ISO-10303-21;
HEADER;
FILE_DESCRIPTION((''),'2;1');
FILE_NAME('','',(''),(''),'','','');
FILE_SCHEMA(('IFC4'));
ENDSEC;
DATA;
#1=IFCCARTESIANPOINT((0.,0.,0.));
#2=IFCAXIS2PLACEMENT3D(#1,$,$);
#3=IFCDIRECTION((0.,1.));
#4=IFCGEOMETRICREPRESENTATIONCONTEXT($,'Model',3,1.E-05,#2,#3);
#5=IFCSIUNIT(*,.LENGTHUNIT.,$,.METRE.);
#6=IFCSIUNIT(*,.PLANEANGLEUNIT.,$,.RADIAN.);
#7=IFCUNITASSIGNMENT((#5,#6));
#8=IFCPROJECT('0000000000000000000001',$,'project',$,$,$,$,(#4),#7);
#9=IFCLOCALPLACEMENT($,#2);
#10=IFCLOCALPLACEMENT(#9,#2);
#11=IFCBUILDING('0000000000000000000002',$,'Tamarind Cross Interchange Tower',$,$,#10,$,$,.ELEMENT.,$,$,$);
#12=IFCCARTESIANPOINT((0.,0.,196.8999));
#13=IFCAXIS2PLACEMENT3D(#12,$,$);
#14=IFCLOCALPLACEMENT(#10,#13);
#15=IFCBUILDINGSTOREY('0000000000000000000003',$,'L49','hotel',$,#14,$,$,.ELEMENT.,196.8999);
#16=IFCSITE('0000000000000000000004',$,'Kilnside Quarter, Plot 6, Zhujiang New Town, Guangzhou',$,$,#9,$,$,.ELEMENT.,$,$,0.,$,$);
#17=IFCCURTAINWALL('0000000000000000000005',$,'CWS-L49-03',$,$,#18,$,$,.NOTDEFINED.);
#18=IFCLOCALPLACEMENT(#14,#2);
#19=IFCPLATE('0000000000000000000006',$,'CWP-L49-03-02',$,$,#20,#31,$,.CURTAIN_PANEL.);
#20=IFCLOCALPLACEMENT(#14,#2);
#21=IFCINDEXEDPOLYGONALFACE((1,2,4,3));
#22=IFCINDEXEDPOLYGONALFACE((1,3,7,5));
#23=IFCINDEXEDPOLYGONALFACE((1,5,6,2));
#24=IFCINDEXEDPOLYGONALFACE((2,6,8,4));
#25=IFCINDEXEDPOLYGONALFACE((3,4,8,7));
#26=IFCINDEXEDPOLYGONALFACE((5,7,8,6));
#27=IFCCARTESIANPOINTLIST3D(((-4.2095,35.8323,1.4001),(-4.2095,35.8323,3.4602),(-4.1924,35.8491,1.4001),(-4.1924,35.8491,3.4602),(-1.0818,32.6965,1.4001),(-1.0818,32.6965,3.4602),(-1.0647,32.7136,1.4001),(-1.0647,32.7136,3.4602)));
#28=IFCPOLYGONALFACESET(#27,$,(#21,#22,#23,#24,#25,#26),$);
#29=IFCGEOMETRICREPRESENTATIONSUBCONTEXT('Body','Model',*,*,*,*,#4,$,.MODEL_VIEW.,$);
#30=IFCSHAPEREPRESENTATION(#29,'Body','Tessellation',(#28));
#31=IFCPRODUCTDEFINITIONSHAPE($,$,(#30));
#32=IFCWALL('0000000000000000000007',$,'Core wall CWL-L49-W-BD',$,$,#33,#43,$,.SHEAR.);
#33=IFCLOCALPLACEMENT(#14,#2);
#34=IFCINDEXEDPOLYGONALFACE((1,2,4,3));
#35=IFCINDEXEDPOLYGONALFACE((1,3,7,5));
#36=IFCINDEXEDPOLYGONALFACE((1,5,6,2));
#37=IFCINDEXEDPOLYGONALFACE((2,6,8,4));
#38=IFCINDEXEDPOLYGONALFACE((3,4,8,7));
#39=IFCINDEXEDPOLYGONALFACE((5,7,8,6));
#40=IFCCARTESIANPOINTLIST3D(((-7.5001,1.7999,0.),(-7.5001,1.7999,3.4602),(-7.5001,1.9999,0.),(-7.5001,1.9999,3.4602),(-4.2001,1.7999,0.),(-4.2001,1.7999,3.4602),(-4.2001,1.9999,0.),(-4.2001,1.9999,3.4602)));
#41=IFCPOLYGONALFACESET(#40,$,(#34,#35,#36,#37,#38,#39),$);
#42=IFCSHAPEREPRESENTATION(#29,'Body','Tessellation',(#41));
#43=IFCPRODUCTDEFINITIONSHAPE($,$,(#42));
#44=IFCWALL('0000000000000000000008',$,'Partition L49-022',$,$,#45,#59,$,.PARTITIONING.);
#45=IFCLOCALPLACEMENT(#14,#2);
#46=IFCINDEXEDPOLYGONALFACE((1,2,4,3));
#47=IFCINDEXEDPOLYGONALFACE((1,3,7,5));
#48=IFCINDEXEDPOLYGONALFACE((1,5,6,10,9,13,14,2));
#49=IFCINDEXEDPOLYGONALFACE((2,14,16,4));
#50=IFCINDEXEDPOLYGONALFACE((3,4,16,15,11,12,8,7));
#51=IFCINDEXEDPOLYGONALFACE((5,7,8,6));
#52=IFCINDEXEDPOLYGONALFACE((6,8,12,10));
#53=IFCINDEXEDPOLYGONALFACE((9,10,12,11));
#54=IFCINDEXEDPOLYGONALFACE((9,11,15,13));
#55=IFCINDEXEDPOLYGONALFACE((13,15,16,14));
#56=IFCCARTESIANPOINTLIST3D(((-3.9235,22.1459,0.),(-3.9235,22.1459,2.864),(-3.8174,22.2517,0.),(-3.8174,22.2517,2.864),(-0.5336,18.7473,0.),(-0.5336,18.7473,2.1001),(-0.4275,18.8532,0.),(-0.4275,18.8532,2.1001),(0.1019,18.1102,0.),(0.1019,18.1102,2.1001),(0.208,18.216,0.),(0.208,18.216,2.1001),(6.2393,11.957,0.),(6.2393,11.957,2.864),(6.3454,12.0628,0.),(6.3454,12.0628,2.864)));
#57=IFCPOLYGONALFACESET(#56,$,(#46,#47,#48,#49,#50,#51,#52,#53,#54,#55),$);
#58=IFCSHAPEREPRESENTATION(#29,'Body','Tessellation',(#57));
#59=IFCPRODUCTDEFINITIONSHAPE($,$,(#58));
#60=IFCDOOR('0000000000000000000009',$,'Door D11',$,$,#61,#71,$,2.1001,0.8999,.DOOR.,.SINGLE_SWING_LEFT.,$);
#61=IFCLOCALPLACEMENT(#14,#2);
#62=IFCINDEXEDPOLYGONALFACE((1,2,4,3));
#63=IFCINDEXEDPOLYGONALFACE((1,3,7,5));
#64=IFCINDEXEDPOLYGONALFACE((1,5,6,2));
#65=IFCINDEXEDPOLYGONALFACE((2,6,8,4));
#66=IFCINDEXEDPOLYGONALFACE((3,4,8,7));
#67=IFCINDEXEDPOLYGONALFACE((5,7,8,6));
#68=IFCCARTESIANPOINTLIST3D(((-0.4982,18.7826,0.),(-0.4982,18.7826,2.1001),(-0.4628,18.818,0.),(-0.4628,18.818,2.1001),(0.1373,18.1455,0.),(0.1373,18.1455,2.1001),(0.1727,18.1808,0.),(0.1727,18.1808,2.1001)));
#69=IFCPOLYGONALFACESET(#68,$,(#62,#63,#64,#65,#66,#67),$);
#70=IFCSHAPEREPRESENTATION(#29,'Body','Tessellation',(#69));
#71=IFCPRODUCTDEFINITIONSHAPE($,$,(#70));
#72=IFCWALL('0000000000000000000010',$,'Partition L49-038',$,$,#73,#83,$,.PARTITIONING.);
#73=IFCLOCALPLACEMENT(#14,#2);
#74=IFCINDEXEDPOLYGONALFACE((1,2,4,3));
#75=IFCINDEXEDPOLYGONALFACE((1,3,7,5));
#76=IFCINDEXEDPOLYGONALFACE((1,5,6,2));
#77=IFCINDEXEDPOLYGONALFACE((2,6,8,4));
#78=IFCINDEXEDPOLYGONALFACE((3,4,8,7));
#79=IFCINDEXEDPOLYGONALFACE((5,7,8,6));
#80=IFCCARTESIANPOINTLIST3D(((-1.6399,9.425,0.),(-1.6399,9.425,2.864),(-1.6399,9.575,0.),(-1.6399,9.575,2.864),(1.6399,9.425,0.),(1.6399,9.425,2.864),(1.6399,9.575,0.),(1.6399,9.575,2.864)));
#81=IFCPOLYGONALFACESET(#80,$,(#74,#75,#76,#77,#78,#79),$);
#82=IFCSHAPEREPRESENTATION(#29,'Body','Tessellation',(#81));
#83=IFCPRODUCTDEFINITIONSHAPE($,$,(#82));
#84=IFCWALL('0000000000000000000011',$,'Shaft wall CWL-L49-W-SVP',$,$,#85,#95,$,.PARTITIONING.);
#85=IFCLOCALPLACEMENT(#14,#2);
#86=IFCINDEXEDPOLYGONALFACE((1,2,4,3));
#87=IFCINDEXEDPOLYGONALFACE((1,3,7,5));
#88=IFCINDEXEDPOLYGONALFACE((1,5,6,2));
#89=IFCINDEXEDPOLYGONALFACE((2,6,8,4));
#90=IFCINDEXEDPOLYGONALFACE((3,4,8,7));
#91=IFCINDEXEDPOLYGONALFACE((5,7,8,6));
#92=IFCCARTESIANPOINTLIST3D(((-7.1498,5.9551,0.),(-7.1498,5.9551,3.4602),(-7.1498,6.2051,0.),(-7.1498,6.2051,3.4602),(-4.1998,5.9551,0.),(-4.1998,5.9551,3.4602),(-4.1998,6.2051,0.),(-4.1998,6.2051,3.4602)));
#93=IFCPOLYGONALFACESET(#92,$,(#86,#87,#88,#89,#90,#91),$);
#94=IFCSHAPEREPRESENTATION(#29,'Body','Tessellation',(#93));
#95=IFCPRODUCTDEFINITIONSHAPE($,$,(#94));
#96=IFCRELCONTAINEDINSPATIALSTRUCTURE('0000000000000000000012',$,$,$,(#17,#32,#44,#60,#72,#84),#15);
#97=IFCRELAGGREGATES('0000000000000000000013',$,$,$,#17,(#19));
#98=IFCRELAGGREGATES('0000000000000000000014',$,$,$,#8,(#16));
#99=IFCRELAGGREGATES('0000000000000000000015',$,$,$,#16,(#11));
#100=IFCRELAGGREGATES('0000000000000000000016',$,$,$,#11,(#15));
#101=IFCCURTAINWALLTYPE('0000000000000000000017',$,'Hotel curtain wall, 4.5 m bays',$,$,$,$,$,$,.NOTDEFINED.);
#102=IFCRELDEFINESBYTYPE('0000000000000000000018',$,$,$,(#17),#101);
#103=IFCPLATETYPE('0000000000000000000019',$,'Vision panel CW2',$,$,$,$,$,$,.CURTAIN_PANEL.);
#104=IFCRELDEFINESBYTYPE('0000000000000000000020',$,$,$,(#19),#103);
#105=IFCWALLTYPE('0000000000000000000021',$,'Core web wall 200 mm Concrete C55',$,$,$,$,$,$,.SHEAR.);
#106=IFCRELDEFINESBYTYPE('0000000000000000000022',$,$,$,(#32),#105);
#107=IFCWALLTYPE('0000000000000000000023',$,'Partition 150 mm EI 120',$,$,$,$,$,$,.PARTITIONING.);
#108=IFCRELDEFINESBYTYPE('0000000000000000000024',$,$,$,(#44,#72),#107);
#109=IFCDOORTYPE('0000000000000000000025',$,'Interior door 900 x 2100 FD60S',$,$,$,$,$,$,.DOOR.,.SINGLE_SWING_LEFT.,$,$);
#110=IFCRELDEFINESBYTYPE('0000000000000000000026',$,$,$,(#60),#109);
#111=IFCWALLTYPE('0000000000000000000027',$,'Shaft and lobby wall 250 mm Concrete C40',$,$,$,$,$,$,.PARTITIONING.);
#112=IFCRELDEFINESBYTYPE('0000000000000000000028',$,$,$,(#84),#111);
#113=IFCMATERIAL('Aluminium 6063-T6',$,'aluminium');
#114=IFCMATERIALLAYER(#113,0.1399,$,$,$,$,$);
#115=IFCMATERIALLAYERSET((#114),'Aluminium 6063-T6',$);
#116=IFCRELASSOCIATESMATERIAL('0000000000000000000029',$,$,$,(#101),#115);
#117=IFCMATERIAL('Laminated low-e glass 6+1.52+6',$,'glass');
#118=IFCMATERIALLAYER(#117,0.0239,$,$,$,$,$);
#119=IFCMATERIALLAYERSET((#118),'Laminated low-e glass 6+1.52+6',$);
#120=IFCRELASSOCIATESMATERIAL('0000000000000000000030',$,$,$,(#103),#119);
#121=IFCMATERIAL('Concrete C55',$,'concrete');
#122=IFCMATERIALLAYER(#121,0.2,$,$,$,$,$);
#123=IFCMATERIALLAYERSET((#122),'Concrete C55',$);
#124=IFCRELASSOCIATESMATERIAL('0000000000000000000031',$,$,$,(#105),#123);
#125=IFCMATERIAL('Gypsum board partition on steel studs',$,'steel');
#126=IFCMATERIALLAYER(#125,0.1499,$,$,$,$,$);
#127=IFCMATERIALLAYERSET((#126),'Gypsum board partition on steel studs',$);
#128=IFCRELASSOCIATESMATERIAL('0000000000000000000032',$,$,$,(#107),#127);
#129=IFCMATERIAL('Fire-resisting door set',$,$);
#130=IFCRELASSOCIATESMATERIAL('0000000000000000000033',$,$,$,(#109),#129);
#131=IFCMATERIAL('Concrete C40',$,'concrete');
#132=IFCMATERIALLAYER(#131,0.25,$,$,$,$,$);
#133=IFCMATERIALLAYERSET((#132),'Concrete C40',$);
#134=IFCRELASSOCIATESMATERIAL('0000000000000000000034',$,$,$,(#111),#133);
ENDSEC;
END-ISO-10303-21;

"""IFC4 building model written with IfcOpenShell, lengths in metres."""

from ifc_helpers import new_model, si_unit, direction, frame, frame_2d, origin, place, context, subcontext, project, spatial, polyline, rectangle, outline, extrude, material, layer, layer_set, type_object, element, fill, aggregate, save


model = new_model("IFC4")

# Units and contexts
model_context = context("Model", 3, precision=1e-05, world=origin(), true_north=direction((0.0, 1.0)))
body_context = subcontext(model_context, "Body", "Model", "MODEL_VIEW")
ifc_project = project(units=[si_unit("LENGTHUNIT", "METRE"), si_unit("PLANEANGLEUNIT", "RADIAN")], contexts=[model_context])

# Site, building, storey
site_placement = place(None, origin())
site = spatial("IfcSite", under=ifc_project, at=site_placement, Name="Kilnside Quarter, Plot 6, Zhujiang New Town, Guangzhou", CompositionType="ELEMENT", RefElevation=0.0)
building_placement = place(site_placement, origin())
building = spatial("IfcBuilding", under=site, at=building_placement, Name="Tamarind Cross Interchange Tower", CompositionType="ELEMENT")
storey_placement = place(building_placement, frame((0.0, 0.0, 196.8999)))
storey = spatial("IfcBuildingStorey", under=building, at=storey_placement, Name="L49", Description="hotel", CompositionType="ELEMENT", Elevation=196.8999)

# Shared definitions
ifc_material_1 = material(Name="Concrete C55", Category="concrete")

# Shared definitions
ifc_material_2 = material(Name="Aluminium 6063-T6", Category="aluminium")
ifc_layer_1 = layer(ifc_material_2, 0.1399)
ifc_layer_set_1 = layer_set([ifc_layer_1], Name="Aluminium 6063-T6")
curtain_wall_type = type_object("IfcCurtainWallType", Name="Hotel curtain wall, 4.5 m bays", PredefinedType="NOTDEFINED", material=ifc_layer_set_1)
ifc_material_3 = material(Name="Laminated low-e glass 6+1.52+6", Category="glass")
ifc_layer_2 = layer(ifc_material_3, 0.0239)
ifc_layer_set_2 = layer_set([ifc_layer_2], Name="Laminated low-e glass 6+1.52+6")
plate_type = type_object("IfcPlateType", Name="Vision panel CW2", PredefinedType="CURTAIN_PANEL", material=ifc_layer_set_2)

# Curtain wall, plate
curtain_wall_1_placement = place(storey_placement, origin())
curtain_wall_1 = element("IfcCurtainWall", 1, at=curtain_wall_1_placement, inside=storey, type_object=curtain_wall_type, Name="CWS-L49-03", PredefinedType="NOTDEFINED")
plate_1_placement = place(storey_placement, frame((0.0, 0.0, 1.4001)))
plate_1 = element("IfcPlate", 2, at=plate_1_placement, type_object=plate_type, Name="CWP-L49-03-02", PredefinedType="CURTAIN_PANEL", context=body_context, shape_type="SweptSolid", body=[
    extrude(outline(polyline([(-1.0818, 32.6965), (-4.2095, 35.8323), (-4.1924, 35.8491), (-1.0647, 32.7136), (-1.0818, 32.6965)])), origin(), (0.0, 0.0, 1.0), 2.0601),
])
aggregate(curtain_wall_1, [plate_1])

# Wall
ifc_layer_3 = layer(ifc_material_1, 0.2)
ifc_layer_set_3 = layer_set([ifc_layer_3], Name="Concrete C55")
wall_type_1 = type_object("IfcWallType", Name="Core web wall 200 mm Concrete C55", PredefinedType="SHEAR", material=ifc_layer_set_3)
wall_1_placement = place(storey_placement, frame((-7.5, 1.8999, 0.0), z_axis=(0.0, 0.0, 1.0), x_axis=(1.0, 0.0, 0.0)))
element("IfcWall", 3, at=wall_1_placement, inside=storey, type_object=wall_type_1, Name="Core wall CWL-L49-W-BD", PredefinedType="SHEAR", context=body_context, shape_type="SweptSolid", body=[
    extrude(rectangle(XDim=3.3, YDim=0.2, at=frame_2d((1.6499, 0.0))), origin(), (0.0, 0.0, 1.0), 3.4602),
])

# Wall, opening, door
ifc_material_4 = material(Name="Gypsum board partition on steel studs", Category="steel")
ifc_layer_4 = layer(ifc_material_4, 0.1499)
ifc_layer_set_4 = layer_set([ifc_layer_4], Name="Gypsum board partition on steel studs")
wall_type_2 = type_object("IfcWallType", Name="Partition 150 mm EI 120", PredefinedType="PARTITIONING", material=ifc_layer_set_4)
wall_2_placement = place(storey_placement, frame((-3.8704, 22.1987, 0.0), z_axis=(0.0, 0.0, 1.0), x_axis=(0.706199, -0.708014, 0.0)))
wall_2 = element("IfcWall", 4, at=wall_2_placement, inside=storey, type_object=wall_type_2, Name="Partition L49-022", PredefinedType="PARTITIONING", context=body_context, shape_type="SweptSolid", body=[
    extrude(rectangle(XDim=14.3909, YDim=0.1499, at=frame_2d((7.1953, 0.0))), origin(), (0.0, 0.0, 1.0), 2.864),
])
opening_placement = place(wall_2_placement, frame((4.8, 0.0, 0.0)))
opening = element("IfcOpeningElement", 5, at=opening_placement, cuts=wall_2, PredefinedType="OPENING", context=body_context, shape_type="SweptSolid", body=[
    extrude(rectangle(XDim=0.8999, YDim=2.1001, at=frame_2d((0.45, 1.05))), frame((0.0, 0.085, 0.0), z_axis=(0.0, -1.0, 0.0), x_axis=(1.0, 0.0, 0.0)), (0.0, 0.0, 1.0), 0.1699),
])
ifc_material_5 = material(Name="Fire-resisting door set")
door_type = type_object("IfcDoorType", Name="Interior door 900 x 2100 FD60S", OperationType="SINGLE_SWING_LEFT", PredefinedType="DOOR", material=ifc_material_5)
door_placement = place(opening_placement, frame((0.8999, 0.0, 0.0), z_axis=(0.0, 0.0, 1.0), x_axis=(-1.0, 0.0, 0.0)))
door = element("IfcDoor", 6, at=door_placement, inside=storey, type_object=door_type, Name="Door D11", OperationType="SINGLE_SWING_LEFT", OverallHeight=2.1001, OverallWidth=0.8999, PredefinedType="DOOR", context=body_context, shape_type="SweptSolid", body=[
    extrude(rectangle(XDim=0.8999, YDim=2.1001, at=frame_2d((0.45, 1.05))), frame((0.0, 0.0249, 0.0), z_axis=(0.0, -1.0, 0.0), x_axis=(1.0, 0.0, 0.0)), (0.0, 0.0, 1.0), 0.05),
])
fill(opening, door)

# Walls
wall_3_placement = place(storey_placement, frame((-1.6399, 9.5, 0.0), z_axis=(0.0, 0.0, 1.0), x_axis=(1.0, 0.0, 0.0)))
element("IfcWall", 7, at=wall_3_placement, inside=storey, type_object=wall_type_2, Name="Partition L49-038", PredefinedType="PARTITIONING", context=body_context, shape_type="SweptSolid", body=[
    extrude(rectangle(XDim=3.2798, YDim=0.1499, at=frame_2d((1.6399, 0.0))), origin(), (0.0, 0.0, 1.0), 2.864),
])
ifc_material_6 = material(Name="Concrete C40", Category="concrete")
ifc_layer_5 = layer(ifc_material_6, 0.25)
ifc_layer_set_5 = layer_set([ifc_layer_5], Name="Concrete C40")
wall_type_3 = type_object("IfcWallType", Name="Shaft and lobby wall 250 mm Concrete C40", PredefinedType="PARTITIONING", material=ifc_layer_set_5)
wall_4_placement = place(storey_placement, frame((-7.1499, 6.0801, 0.0), z_axis=(0.0, 0.0, 1.0), x_axis=(1.0, 0.0, 0.0)))
element("IfcWall", 8, at=wall_4_placement, inside=storey, type_object=wall_type_3, Name="Shaft wall CWL-L49-W-SVP", PredefinedType="PARTITIONING", context=body_context, shape_type="SweptSolid", body=[
    extrude(rectangle(XDim=2.95, YDim=0.25, at=frame_2d((1.4751, 0.0))), origin(), (0.0, 0.0, 1.0), 3.4602),
])

save(model, "model.ifc")
